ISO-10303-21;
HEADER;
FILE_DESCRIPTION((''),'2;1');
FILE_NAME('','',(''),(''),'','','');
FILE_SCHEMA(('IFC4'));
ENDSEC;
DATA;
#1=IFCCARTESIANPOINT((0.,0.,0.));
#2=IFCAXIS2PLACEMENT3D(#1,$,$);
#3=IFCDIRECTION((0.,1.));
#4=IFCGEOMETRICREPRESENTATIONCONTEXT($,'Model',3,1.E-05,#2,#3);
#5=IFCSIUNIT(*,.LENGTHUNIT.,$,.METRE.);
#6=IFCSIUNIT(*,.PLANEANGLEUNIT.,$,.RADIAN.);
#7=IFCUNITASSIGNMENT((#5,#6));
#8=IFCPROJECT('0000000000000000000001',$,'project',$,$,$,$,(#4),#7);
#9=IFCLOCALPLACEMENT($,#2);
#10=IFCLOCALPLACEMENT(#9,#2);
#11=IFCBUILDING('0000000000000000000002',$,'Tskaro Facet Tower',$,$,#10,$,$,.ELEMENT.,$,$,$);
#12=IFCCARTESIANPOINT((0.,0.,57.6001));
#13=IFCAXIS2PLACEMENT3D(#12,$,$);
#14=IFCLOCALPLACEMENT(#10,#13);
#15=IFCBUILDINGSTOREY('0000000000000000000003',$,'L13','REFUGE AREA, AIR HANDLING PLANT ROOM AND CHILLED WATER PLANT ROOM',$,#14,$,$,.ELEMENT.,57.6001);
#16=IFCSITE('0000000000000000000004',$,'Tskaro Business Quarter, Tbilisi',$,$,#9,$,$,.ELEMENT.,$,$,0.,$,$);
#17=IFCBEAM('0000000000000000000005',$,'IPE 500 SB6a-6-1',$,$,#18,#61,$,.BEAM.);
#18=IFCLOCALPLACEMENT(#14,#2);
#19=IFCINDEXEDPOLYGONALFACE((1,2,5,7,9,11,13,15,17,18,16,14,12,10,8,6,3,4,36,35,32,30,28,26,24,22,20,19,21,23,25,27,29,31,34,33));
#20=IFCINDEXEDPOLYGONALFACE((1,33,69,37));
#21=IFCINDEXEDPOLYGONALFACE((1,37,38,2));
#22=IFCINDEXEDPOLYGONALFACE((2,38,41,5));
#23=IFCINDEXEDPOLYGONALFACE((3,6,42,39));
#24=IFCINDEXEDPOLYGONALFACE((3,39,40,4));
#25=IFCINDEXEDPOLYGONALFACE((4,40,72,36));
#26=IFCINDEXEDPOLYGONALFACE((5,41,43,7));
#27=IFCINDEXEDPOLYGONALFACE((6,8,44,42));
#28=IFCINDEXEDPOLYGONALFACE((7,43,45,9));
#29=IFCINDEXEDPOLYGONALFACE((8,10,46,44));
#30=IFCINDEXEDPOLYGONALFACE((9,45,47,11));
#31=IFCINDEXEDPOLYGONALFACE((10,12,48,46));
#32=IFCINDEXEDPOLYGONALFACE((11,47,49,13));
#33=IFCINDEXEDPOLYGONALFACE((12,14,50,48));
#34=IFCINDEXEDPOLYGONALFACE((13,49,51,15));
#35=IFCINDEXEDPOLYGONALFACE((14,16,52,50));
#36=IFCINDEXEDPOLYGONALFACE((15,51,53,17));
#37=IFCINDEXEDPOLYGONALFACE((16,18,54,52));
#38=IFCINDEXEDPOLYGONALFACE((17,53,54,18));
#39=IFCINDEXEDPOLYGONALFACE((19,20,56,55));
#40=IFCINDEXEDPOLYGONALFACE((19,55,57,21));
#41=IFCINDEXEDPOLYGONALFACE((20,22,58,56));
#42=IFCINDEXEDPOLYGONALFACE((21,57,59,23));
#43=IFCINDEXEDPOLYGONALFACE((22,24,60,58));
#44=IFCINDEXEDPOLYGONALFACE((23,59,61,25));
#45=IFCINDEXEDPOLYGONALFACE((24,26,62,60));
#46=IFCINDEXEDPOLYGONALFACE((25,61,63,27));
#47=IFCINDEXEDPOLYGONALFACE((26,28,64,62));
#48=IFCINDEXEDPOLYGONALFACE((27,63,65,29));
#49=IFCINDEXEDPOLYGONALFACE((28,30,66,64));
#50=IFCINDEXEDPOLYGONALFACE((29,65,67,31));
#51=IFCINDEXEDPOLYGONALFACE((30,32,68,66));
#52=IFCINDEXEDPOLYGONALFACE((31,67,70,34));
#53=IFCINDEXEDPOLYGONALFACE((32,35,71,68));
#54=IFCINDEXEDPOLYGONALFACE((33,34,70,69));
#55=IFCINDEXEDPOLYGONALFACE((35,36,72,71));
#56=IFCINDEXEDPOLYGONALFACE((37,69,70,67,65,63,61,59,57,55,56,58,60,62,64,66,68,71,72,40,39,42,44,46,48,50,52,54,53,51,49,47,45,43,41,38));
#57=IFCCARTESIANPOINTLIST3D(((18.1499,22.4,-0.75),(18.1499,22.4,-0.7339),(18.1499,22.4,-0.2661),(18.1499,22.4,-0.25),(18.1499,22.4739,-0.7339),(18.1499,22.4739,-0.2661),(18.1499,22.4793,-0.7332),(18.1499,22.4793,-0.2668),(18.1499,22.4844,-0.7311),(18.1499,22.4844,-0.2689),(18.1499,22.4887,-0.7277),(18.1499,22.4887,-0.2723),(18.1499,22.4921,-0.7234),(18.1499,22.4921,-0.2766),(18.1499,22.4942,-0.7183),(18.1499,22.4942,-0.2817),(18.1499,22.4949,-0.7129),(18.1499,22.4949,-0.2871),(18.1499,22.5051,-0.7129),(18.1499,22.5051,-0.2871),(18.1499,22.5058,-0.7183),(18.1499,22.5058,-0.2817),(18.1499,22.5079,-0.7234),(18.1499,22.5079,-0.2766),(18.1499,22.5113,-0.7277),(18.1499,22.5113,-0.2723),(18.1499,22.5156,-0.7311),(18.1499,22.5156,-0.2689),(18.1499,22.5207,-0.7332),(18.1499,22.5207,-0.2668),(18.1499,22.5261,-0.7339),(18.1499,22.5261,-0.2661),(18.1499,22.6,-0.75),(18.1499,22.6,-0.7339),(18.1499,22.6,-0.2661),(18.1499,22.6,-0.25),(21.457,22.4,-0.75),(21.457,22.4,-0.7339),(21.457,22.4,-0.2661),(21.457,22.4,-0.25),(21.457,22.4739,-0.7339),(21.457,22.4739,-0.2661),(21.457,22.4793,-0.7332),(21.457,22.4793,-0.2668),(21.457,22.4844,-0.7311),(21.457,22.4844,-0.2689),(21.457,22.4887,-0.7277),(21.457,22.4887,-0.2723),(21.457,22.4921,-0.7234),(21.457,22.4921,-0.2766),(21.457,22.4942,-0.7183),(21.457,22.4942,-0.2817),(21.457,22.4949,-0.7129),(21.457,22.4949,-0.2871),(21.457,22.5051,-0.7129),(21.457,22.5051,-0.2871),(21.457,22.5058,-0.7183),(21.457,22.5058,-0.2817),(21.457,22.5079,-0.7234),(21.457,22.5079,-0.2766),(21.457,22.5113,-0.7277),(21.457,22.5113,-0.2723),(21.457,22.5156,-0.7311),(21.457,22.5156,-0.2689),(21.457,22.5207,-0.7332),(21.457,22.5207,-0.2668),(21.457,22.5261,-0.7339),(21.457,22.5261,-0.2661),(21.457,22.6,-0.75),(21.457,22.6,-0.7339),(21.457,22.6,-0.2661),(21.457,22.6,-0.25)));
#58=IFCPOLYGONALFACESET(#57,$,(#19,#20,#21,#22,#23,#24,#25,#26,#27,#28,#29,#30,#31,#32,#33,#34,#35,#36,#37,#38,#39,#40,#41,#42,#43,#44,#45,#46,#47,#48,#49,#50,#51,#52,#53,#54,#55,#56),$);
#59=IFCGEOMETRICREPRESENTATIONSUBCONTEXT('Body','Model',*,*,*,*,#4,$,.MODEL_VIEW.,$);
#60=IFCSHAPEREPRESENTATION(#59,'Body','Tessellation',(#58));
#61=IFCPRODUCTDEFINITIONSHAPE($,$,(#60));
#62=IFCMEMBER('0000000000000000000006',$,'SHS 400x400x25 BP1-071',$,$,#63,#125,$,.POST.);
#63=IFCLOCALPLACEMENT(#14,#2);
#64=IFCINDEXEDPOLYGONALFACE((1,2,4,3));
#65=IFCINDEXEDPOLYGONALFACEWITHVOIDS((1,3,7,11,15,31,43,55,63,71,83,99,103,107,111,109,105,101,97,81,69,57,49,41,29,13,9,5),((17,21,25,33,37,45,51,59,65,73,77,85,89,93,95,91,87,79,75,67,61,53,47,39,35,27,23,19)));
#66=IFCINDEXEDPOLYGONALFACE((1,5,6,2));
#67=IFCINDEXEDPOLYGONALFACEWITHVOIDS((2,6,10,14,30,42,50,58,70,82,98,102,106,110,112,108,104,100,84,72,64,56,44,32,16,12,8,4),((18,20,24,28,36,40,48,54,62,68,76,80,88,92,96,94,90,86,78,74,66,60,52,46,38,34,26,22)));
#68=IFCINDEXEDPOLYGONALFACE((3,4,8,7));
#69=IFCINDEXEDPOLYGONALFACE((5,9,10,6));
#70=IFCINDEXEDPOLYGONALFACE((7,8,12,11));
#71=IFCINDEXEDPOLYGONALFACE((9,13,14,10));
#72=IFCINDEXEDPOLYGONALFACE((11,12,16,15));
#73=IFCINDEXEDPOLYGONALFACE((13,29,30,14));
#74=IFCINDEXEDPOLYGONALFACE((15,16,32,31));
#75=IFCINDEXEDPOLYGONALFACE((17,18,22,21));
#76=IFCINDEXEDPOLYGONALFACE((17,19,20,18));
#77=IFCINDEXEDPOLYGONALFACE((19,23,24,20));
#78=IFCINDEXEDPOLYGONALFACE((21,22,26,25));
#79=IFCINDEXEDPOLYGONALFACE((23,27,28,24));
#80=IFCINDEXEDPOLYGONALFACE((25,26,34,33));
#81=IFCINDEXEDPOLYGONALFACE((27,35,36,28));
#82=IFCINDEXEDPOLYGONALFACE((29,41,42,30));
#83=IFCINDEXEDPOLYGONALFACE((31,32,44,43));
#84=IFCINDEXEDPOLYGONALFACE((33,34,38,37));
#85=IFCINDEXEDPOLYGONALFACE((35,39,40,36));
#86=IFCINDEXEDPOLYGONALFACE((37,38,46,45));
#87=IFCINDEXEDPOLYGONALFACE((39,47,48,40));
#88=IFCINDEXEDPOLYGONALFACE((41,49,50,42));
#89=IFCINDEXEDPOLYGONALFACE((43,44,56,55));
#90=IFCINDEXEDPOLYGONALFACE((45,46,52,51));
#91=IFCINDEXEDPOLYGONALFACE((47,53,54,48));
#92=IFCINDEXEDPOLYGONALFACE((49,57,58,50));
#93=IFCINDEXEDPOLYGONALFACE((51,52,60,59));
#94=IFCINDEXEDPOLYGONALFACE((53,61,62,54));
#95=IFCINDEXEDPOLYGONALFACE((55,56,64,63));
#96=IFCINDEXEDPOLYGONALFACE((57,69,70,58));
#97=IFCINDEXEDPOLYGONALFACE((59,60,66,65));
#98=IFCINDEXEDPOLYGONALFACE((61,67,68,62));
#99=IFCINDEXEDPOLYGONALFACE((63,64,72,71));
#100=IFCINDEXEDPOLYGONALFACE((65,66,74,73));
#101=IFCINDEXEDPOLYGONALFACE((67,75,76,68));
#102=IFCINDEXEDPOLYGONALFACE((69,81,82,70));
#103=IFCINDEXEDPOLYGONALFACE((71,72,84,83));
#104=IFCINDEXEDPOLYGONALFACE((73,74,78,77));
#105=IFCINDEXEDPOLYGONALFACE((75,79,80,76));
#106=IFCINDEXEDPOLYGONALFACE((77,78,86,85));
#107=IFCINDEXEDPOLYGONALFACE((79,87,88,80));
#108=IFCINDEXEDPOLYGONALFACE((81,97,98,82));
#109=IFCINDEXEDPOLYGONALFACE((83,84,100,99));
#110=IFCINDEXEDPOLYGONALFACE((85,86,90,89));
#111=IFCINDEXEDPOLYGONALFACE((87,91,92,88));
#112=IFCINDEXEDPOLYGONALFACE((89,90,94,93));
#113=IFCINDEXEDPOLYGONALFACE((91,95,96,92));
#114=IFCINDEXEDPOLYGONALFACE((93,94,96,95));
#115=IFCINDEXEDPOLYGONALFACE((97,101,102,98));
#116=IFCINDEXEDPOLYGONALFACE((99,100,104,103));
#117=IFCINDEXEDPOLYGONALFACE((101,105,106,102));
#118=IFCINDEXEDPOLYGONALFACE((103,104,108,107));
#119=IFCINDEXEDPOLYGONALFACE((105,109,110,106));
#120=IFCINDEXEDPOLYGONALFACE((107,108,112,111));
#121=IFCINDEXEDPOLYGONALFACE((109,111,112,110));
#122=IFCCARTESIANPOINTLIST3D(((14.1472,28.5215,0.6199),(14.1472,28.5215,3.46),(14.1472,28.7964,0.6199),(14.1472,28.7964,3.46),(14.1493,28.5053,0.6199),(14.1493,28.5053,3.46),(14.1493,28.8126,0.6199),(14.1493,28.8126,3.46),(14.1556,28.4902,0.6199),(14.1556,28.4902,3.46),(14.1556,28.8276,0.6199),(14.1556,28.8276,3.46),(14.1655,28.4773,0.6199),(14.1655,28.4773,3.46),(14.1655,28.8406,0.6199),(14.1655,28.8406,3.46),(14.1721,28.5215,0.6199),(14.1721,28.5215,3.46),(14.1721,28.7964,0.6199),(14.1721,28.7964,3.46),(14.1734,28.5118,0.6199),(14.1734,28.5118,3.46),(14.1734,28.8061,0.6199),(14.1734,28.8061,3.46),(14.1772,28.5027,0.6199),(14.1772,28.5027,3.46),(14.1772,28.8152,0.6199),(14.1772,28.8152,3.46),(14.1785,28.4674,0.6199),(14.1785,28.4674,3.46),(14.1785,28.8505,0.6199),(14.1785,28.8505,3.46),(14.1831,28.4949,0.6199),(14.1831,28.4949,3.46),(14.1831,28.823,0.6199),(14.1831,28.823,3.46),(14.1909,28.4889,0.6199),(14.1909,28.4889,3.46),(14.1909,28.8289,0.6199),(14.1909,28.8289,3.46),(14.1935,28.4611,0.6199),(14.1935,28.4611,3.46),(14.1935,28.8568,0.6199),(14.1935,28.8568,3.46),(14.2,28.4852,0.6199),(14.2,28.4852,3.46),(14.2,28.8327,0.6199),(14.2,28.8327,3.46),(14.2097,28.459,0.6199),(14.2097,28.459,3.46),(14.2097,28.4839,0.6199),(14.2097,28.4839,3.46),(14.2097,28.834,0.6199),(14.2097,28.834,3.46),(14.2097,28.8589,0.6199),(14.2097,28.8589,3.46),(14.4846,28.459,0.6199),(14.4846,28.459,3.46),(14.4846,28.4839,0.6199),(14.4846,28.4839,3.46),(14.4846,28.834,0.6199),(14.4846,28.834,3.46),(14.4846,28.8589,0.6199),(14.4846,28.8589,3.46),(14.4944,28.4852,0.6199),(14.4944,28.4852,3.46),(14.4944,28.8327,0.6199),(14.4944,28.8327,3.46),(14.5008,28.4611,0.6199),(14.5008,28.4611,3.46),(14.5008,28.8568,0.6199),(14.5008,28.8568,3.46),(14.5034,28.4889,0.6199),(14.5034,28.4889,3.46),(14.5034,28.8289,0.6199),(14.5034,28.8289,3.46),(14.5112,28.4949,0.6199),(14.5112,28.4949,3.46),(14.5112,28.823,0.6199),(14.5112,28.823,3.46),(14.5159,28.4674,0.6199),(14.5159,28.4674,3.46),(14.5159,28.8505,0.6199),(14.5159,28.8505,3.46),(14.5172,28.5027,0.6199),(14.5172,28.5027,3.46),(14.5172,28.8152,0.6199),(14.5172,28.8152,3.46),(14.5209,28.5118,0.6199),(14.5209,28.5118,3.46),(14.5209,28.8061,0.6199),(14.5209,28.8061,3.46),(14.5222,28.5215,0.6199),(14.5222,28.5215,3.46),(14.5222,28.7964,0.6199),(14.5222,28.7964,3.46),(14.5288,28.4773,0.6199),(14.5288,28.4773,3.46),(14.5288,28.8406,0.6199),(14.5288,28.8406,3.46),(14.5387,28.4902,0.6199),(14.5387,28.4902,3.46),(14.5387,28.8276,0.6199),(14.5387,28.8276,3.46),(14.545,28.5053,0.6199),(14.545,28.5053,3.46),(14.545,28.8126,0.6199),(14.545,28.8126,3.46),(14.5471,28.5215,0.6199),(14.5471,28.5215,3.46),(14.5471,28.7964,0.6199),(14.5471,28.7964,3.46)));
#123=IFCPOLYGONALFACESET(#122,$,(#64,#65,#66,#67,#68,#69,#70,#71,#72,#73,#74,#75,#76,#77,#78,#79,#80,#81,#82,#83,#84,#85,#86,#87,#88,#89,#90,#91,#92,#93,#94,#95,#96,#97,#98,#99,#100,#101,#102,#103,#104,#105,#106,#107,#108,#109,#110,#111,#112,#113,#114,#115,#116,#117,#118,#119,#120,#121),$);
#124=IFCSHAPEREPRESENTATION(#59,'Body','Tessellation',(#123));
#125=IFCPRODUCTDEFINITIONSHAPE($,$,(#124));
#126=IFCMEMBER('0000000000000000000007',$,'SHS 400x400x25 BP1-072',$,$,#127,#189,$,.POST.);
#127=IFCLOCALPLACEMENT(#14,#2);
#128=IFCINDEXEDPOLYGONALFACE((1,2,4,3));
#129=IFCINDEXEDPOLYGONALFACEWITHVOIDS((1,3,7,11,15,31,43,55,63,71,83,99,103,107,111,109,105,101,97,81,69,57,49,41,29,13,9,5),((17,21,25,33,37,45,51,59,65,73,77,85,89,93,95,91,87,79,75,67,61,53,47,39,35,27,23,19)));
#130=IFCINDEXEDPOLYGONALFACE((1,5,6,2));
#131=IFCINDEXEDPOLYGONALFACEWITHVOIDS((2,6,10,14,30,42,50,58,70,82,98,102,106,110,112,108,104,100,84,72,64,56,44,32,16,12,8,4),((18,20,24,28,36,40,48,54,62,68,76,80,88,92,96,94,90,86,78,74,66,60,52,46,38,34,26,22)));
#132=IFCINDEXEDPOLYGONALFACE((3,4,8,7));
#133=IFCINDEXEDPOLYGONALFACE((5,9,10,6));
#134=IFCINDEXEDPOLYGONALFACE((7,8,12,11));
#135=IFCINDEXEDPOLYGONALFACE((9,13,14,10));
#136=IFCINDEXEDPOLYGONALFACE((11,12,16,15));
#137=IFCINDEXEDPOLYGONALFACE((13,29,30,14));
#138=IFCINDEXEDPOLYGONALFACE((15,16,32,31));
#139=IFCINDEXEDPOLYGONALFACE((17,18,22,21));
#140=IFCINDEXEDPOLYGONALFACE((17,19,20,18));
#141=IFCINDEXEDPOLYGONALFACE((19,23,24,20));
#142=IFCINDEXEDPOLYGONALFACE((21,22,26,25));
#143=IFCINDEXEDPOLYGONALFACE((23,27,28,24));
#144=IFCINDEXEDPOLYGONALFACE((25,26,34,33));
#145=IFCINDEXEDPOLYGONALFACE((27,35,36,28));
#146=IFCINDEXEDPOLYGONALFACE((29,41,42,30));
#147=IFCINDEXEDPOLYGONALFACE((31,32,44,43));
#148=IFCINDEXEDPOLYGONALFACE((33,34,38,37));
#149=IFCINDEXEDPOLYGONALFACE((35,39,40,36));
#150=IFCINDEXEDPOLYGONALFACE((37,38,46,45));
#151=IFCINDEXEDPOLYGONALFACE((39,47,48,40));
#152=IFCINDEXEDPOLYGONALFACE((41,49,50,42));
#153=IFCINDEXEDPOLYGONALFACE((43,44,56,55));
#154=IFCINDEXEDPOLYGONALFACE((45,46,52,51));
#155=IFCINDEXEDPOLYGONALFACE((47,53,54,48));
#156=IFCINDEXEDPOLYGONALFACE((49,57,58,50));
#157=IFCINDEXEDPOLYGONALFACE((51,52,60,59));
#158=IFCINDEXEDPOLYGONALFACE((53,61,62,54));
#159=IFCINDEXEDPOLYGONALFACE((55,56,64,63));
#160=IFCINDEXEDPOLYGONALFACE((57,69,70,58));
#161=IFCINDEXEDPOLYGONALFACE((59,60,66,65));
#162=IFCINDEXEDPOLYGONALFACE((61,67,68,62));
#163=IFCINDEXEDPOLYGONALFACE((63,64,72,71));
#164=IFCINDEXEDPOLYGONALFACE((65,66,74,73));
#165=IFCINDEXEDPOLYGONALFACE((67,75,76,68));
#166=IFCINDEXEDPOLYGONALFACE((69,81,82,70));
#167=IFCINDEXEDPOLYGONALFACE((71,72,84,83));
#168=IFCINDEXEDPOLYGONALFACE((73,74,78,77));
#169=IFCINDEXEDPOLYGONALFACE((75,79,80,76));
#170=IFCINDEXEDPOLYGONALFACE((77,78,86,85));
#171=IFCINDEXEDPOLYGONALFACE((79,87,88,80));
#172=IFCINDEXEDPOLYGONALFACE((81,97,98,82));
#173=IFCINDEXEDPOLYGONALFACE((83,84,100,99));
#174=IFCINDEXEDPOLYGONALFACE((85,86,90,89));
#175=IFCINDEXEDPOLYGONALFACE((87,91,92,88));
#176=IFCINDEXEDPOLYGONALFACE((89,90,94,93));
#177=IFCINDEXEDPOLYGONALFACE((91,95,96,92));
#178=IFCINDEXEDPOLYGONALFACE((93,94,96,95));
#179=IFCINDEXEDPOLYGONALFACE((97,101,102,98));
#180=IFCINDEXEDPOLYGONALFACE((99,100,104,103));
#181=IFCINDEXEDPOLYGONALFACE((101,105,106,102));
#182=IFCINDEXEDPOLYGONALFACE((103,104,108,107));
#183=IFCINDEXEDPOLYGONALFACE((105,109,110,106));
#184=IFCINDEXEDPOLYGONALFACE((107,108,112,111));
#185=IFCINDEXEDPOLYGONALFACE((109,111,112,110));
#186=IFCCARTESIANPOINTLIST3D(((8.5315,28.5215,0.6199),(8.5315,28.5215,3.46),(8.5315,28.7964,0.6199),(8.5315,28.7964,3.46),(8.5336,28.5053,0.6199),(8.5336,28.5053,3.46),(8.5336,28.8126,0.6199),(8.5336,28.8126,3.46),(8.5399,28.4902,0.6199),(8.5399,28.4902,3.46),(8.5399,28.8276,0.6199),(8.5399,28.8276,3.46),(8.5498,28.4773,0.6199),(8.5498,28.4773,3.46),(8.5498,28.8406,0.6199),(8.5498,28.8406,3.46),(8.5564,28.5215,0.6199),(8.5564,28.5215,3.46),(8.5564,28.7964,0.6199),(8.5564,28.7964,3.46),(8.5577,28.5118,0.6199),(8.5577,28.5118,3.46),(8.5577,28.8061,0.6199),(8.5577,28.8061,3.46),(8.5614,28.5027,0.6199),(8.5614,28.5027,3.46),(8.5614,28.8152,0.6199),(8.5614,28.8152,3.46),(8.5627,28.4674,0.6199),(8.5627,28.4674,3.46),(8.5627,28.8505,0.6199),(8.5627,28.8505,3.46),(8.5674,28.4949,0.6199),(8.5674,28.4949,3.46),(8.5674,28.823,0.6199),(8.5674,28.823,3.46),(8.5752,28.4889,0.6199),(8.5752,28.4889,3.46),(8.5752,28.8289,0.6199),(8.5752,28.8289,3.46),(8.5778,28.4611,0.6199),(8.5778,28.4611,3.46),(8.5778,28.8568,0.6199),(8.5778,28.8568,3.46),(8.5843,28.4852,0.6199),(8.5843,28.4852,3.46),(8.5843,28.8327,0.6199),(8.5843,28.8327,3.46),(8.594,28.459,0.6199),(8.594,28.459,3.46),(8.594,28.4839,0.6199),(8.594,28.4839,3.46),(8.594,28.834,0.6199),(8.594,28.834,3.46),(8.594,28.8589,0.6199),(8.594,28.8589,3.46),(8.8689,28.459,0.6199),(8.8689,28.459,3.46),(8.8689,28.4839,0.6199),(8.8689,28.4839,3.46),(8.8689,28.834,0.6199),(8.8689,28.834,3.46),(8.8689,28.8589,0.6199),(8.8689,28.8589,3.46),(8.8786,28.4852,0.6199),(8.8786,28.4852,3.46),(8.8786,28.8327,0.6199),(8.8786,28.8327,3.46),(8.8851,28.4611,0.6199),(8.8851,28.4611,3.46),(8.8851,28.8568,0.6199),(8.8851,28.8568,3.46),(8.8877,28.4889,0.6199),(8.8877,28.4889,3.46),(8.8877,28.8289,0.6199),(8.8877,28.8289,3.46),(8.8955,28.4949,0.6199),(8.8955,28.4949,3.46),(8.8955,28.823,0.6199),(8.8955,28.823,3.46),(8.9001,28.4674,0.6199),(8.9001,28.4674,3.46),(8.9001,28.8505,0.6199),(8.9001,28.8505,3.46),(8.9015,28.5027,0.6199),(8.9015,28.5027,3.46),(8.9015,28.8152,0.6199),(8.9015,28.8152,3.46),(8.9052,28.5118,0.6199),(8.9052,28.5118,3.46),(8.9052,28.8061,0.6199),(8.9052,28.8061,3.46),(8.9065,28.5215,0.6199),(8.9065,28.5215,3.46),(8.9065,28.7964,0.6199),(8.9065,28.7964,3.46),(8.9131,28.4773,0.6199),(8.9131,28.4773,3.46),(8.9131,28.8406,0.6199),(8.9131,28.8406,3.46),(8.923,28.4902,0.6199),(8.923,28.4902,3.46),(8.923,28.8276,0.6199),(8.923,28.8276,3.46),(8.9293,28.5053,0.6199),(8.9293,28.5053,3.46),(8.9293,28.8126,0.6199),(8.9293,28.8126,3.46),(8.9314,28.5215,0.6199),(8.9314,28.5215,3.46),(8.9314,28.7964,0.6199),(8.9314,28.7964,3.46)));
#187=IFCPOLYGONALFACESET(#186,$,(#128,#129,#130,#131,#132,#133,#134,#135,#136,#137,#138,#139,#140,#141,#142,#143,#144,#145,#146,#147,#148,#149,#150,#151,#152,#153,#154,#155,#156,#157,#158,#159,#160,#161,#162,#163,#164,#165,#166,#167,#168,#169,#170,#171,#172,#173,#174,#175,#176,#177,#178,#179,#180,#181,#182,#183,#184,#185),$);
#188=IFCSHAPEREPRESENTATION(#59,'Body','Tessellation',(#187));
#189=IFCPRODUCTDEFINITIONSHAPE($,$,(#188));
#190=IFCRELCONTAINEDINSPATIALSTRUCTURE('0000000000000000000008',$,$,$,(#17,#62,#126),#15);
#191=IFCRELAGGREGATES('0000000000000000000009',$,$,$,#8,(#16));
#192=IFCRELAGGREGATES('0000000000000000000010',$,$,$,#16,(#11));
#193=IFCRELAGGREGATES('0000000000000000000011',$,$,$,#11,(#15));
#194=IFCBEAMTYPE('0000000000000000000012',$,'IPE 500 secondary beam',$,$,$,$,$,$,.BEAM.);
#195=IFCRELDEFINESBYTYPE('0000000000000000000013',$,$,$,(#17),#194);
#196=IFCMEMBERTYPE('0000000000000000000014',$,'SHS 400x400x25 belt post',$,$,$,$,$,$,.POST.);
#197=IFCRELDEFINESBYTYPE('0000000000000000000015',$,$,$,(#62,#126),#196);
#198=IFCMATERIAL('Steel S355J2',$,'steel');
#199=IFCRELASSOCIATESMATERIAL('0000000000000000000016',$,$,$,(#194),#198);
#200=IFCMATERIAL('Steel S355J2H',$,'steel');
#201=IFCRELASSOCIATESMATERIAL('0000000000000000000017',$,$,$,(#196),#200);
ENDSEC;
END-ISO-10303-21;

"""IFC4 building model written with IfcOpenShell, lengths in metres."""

from ifc_helpers import new_model, si_unit, direction, frame, origin, origin_2d, place, context, subcontext, project, spatial, hollow_rectangle, i_section, extrude, material, material_profile, profile_set, type_object, element, save


model = new_model("IFC4")

# Units and contexts
model_context = context("Model", 3, precision=1e-05, world=origin(), true_north=direction((0.0, 1.0)))
body_context = subcontext(model_context, "Body", "Model", "MODEL_VIEW")
ifc_project = project(units=[si_unit("LENGTHUNIT", "METRE"), si_unit("PLANEANGLEUNIT", "RADIAN")], contexts=[model_context])

# Site, building, storey
site_placement = place(None, origin())
site = spatial("IfcSite", under=ifc_project, at=site_placement, Name="Tskaro Business Quarter, Tbilisi", CompositionType="ELEMENT", RefElevation=0.0)
building_placement = place(site_placement, origin())
building = spatial("IfcBuilding", under=site, at=building_placement, Name="Tskaro Facet Tower", CompositionType="ELEMENT")
storey_placement = place(building_placement, frame((0.0, 0.0, 57.6001)))
storey = spatial("IfcBuildingStorey", under=building, at=storey_placement, Name="L13", Description="REFUGE AREA, AIR HANDLING PLANT ROOM AND CHILLED WATER PLANT ROOM", CompositionType="ELEMENT", Elevation=57.6001)

# Shared definitions
ifc_material_1 = material(Name="Steel S355J2H", Category="steel")

# Shared definitions
ifc_material_2 = material(Name="Steel S355J2", Category="steel")

# Beam
ifc_material_profile_1 = material_profile(ifc_material_2, i_section(OverallWidth=0.2, OverallDepth=0.5, WebThickness=0.0103, FlangeThickness=0.0161, FilletRadius=0.021, at=origin_2d()), Name="IPE 500")
ifc_profile_set_1 = profile_set([ifc_material_profile_1], Name="Steel S355J2")
beam_type_1 = type_object("IfcBeamType", Name="IPE 500 secondary beam", PredefinedType="BEAM", material=ifc_profile_set_1)
beam_1_placement = place(storey_placement, frame((18.1499, 22.5, -0.5), z_axis=(1.0, 0.0, 0.0), x_axis=(0.0, 1.0, 0.0)))
element("IfcBeam", 1, at=beam_1_placement, inside=storey, type_object=beam_type_1, Name="IPE 500 SB6a-6-1", PredefinedType="BEAM", context=body_context, shape_type="SweptSolid", body=[
    extrude(i_section(OverallWidth=0.2, OverallDepth=0.5, WebThickness=0.0103, FlangeThickness=0.0161, FilletRadius=0.021, at=origin_2d()), origin(), (0.0, 0.0, 1.0), 3.3071),
])

# Members
ifc_material_profile_2 = material_profile(ifc_material_1, hollow_rectangle(XDim=0.3999, YDim=0.3999, WallThickness=0.0249, InnerFilletRadius=0.0376, OuterFilletRadius=0.0625, at=origin_2d()), Name="SHS 400x400x25")
ifc_profile_set_2 = profile_set([ifc_material_profile_2], Name="Steel S355J2H")
member_type_1 = type_object("IfcMemberType", Name="SHS 400x400x25 belt post", PredefinedType="POST", material=ifc_profile_set_2)
for number, where, z_axis, x_axis, name in (
    (2, (14.3472, 28.6589, 0.6199), (0.0, 0.0, 1.0), (1.0, 0.0, 0.0), "SHS 400x400x25 BP1-071"),
    (3, (8.7314, 28.6589, 0.6199), (0.0, 0.0, 1.0), (1.0, 0.0, 0.0), "SHS 400x400x25 BP1-072"),
):
    element("IfcMember", number, at=place(storey_placement, frame(where, z_axis=z_axis, x_axis=x_axis)), inside=storey, type_object=member_type_1, Name=name, PredefinedType="POST", context=body_context, shape_type="SweptSolid", body=[
        extrude(hollow_rectangle(XDim=0.3999, YDim=0.3999, WallThickness=0.0249, InnerFilletRadius=0.0376, OuterFilletRadius=0.0625, at=origin_2d()), origin(), (0.0, 0.0, 1.0), 2.8401),
    ])

save(model, "model.ifc")
